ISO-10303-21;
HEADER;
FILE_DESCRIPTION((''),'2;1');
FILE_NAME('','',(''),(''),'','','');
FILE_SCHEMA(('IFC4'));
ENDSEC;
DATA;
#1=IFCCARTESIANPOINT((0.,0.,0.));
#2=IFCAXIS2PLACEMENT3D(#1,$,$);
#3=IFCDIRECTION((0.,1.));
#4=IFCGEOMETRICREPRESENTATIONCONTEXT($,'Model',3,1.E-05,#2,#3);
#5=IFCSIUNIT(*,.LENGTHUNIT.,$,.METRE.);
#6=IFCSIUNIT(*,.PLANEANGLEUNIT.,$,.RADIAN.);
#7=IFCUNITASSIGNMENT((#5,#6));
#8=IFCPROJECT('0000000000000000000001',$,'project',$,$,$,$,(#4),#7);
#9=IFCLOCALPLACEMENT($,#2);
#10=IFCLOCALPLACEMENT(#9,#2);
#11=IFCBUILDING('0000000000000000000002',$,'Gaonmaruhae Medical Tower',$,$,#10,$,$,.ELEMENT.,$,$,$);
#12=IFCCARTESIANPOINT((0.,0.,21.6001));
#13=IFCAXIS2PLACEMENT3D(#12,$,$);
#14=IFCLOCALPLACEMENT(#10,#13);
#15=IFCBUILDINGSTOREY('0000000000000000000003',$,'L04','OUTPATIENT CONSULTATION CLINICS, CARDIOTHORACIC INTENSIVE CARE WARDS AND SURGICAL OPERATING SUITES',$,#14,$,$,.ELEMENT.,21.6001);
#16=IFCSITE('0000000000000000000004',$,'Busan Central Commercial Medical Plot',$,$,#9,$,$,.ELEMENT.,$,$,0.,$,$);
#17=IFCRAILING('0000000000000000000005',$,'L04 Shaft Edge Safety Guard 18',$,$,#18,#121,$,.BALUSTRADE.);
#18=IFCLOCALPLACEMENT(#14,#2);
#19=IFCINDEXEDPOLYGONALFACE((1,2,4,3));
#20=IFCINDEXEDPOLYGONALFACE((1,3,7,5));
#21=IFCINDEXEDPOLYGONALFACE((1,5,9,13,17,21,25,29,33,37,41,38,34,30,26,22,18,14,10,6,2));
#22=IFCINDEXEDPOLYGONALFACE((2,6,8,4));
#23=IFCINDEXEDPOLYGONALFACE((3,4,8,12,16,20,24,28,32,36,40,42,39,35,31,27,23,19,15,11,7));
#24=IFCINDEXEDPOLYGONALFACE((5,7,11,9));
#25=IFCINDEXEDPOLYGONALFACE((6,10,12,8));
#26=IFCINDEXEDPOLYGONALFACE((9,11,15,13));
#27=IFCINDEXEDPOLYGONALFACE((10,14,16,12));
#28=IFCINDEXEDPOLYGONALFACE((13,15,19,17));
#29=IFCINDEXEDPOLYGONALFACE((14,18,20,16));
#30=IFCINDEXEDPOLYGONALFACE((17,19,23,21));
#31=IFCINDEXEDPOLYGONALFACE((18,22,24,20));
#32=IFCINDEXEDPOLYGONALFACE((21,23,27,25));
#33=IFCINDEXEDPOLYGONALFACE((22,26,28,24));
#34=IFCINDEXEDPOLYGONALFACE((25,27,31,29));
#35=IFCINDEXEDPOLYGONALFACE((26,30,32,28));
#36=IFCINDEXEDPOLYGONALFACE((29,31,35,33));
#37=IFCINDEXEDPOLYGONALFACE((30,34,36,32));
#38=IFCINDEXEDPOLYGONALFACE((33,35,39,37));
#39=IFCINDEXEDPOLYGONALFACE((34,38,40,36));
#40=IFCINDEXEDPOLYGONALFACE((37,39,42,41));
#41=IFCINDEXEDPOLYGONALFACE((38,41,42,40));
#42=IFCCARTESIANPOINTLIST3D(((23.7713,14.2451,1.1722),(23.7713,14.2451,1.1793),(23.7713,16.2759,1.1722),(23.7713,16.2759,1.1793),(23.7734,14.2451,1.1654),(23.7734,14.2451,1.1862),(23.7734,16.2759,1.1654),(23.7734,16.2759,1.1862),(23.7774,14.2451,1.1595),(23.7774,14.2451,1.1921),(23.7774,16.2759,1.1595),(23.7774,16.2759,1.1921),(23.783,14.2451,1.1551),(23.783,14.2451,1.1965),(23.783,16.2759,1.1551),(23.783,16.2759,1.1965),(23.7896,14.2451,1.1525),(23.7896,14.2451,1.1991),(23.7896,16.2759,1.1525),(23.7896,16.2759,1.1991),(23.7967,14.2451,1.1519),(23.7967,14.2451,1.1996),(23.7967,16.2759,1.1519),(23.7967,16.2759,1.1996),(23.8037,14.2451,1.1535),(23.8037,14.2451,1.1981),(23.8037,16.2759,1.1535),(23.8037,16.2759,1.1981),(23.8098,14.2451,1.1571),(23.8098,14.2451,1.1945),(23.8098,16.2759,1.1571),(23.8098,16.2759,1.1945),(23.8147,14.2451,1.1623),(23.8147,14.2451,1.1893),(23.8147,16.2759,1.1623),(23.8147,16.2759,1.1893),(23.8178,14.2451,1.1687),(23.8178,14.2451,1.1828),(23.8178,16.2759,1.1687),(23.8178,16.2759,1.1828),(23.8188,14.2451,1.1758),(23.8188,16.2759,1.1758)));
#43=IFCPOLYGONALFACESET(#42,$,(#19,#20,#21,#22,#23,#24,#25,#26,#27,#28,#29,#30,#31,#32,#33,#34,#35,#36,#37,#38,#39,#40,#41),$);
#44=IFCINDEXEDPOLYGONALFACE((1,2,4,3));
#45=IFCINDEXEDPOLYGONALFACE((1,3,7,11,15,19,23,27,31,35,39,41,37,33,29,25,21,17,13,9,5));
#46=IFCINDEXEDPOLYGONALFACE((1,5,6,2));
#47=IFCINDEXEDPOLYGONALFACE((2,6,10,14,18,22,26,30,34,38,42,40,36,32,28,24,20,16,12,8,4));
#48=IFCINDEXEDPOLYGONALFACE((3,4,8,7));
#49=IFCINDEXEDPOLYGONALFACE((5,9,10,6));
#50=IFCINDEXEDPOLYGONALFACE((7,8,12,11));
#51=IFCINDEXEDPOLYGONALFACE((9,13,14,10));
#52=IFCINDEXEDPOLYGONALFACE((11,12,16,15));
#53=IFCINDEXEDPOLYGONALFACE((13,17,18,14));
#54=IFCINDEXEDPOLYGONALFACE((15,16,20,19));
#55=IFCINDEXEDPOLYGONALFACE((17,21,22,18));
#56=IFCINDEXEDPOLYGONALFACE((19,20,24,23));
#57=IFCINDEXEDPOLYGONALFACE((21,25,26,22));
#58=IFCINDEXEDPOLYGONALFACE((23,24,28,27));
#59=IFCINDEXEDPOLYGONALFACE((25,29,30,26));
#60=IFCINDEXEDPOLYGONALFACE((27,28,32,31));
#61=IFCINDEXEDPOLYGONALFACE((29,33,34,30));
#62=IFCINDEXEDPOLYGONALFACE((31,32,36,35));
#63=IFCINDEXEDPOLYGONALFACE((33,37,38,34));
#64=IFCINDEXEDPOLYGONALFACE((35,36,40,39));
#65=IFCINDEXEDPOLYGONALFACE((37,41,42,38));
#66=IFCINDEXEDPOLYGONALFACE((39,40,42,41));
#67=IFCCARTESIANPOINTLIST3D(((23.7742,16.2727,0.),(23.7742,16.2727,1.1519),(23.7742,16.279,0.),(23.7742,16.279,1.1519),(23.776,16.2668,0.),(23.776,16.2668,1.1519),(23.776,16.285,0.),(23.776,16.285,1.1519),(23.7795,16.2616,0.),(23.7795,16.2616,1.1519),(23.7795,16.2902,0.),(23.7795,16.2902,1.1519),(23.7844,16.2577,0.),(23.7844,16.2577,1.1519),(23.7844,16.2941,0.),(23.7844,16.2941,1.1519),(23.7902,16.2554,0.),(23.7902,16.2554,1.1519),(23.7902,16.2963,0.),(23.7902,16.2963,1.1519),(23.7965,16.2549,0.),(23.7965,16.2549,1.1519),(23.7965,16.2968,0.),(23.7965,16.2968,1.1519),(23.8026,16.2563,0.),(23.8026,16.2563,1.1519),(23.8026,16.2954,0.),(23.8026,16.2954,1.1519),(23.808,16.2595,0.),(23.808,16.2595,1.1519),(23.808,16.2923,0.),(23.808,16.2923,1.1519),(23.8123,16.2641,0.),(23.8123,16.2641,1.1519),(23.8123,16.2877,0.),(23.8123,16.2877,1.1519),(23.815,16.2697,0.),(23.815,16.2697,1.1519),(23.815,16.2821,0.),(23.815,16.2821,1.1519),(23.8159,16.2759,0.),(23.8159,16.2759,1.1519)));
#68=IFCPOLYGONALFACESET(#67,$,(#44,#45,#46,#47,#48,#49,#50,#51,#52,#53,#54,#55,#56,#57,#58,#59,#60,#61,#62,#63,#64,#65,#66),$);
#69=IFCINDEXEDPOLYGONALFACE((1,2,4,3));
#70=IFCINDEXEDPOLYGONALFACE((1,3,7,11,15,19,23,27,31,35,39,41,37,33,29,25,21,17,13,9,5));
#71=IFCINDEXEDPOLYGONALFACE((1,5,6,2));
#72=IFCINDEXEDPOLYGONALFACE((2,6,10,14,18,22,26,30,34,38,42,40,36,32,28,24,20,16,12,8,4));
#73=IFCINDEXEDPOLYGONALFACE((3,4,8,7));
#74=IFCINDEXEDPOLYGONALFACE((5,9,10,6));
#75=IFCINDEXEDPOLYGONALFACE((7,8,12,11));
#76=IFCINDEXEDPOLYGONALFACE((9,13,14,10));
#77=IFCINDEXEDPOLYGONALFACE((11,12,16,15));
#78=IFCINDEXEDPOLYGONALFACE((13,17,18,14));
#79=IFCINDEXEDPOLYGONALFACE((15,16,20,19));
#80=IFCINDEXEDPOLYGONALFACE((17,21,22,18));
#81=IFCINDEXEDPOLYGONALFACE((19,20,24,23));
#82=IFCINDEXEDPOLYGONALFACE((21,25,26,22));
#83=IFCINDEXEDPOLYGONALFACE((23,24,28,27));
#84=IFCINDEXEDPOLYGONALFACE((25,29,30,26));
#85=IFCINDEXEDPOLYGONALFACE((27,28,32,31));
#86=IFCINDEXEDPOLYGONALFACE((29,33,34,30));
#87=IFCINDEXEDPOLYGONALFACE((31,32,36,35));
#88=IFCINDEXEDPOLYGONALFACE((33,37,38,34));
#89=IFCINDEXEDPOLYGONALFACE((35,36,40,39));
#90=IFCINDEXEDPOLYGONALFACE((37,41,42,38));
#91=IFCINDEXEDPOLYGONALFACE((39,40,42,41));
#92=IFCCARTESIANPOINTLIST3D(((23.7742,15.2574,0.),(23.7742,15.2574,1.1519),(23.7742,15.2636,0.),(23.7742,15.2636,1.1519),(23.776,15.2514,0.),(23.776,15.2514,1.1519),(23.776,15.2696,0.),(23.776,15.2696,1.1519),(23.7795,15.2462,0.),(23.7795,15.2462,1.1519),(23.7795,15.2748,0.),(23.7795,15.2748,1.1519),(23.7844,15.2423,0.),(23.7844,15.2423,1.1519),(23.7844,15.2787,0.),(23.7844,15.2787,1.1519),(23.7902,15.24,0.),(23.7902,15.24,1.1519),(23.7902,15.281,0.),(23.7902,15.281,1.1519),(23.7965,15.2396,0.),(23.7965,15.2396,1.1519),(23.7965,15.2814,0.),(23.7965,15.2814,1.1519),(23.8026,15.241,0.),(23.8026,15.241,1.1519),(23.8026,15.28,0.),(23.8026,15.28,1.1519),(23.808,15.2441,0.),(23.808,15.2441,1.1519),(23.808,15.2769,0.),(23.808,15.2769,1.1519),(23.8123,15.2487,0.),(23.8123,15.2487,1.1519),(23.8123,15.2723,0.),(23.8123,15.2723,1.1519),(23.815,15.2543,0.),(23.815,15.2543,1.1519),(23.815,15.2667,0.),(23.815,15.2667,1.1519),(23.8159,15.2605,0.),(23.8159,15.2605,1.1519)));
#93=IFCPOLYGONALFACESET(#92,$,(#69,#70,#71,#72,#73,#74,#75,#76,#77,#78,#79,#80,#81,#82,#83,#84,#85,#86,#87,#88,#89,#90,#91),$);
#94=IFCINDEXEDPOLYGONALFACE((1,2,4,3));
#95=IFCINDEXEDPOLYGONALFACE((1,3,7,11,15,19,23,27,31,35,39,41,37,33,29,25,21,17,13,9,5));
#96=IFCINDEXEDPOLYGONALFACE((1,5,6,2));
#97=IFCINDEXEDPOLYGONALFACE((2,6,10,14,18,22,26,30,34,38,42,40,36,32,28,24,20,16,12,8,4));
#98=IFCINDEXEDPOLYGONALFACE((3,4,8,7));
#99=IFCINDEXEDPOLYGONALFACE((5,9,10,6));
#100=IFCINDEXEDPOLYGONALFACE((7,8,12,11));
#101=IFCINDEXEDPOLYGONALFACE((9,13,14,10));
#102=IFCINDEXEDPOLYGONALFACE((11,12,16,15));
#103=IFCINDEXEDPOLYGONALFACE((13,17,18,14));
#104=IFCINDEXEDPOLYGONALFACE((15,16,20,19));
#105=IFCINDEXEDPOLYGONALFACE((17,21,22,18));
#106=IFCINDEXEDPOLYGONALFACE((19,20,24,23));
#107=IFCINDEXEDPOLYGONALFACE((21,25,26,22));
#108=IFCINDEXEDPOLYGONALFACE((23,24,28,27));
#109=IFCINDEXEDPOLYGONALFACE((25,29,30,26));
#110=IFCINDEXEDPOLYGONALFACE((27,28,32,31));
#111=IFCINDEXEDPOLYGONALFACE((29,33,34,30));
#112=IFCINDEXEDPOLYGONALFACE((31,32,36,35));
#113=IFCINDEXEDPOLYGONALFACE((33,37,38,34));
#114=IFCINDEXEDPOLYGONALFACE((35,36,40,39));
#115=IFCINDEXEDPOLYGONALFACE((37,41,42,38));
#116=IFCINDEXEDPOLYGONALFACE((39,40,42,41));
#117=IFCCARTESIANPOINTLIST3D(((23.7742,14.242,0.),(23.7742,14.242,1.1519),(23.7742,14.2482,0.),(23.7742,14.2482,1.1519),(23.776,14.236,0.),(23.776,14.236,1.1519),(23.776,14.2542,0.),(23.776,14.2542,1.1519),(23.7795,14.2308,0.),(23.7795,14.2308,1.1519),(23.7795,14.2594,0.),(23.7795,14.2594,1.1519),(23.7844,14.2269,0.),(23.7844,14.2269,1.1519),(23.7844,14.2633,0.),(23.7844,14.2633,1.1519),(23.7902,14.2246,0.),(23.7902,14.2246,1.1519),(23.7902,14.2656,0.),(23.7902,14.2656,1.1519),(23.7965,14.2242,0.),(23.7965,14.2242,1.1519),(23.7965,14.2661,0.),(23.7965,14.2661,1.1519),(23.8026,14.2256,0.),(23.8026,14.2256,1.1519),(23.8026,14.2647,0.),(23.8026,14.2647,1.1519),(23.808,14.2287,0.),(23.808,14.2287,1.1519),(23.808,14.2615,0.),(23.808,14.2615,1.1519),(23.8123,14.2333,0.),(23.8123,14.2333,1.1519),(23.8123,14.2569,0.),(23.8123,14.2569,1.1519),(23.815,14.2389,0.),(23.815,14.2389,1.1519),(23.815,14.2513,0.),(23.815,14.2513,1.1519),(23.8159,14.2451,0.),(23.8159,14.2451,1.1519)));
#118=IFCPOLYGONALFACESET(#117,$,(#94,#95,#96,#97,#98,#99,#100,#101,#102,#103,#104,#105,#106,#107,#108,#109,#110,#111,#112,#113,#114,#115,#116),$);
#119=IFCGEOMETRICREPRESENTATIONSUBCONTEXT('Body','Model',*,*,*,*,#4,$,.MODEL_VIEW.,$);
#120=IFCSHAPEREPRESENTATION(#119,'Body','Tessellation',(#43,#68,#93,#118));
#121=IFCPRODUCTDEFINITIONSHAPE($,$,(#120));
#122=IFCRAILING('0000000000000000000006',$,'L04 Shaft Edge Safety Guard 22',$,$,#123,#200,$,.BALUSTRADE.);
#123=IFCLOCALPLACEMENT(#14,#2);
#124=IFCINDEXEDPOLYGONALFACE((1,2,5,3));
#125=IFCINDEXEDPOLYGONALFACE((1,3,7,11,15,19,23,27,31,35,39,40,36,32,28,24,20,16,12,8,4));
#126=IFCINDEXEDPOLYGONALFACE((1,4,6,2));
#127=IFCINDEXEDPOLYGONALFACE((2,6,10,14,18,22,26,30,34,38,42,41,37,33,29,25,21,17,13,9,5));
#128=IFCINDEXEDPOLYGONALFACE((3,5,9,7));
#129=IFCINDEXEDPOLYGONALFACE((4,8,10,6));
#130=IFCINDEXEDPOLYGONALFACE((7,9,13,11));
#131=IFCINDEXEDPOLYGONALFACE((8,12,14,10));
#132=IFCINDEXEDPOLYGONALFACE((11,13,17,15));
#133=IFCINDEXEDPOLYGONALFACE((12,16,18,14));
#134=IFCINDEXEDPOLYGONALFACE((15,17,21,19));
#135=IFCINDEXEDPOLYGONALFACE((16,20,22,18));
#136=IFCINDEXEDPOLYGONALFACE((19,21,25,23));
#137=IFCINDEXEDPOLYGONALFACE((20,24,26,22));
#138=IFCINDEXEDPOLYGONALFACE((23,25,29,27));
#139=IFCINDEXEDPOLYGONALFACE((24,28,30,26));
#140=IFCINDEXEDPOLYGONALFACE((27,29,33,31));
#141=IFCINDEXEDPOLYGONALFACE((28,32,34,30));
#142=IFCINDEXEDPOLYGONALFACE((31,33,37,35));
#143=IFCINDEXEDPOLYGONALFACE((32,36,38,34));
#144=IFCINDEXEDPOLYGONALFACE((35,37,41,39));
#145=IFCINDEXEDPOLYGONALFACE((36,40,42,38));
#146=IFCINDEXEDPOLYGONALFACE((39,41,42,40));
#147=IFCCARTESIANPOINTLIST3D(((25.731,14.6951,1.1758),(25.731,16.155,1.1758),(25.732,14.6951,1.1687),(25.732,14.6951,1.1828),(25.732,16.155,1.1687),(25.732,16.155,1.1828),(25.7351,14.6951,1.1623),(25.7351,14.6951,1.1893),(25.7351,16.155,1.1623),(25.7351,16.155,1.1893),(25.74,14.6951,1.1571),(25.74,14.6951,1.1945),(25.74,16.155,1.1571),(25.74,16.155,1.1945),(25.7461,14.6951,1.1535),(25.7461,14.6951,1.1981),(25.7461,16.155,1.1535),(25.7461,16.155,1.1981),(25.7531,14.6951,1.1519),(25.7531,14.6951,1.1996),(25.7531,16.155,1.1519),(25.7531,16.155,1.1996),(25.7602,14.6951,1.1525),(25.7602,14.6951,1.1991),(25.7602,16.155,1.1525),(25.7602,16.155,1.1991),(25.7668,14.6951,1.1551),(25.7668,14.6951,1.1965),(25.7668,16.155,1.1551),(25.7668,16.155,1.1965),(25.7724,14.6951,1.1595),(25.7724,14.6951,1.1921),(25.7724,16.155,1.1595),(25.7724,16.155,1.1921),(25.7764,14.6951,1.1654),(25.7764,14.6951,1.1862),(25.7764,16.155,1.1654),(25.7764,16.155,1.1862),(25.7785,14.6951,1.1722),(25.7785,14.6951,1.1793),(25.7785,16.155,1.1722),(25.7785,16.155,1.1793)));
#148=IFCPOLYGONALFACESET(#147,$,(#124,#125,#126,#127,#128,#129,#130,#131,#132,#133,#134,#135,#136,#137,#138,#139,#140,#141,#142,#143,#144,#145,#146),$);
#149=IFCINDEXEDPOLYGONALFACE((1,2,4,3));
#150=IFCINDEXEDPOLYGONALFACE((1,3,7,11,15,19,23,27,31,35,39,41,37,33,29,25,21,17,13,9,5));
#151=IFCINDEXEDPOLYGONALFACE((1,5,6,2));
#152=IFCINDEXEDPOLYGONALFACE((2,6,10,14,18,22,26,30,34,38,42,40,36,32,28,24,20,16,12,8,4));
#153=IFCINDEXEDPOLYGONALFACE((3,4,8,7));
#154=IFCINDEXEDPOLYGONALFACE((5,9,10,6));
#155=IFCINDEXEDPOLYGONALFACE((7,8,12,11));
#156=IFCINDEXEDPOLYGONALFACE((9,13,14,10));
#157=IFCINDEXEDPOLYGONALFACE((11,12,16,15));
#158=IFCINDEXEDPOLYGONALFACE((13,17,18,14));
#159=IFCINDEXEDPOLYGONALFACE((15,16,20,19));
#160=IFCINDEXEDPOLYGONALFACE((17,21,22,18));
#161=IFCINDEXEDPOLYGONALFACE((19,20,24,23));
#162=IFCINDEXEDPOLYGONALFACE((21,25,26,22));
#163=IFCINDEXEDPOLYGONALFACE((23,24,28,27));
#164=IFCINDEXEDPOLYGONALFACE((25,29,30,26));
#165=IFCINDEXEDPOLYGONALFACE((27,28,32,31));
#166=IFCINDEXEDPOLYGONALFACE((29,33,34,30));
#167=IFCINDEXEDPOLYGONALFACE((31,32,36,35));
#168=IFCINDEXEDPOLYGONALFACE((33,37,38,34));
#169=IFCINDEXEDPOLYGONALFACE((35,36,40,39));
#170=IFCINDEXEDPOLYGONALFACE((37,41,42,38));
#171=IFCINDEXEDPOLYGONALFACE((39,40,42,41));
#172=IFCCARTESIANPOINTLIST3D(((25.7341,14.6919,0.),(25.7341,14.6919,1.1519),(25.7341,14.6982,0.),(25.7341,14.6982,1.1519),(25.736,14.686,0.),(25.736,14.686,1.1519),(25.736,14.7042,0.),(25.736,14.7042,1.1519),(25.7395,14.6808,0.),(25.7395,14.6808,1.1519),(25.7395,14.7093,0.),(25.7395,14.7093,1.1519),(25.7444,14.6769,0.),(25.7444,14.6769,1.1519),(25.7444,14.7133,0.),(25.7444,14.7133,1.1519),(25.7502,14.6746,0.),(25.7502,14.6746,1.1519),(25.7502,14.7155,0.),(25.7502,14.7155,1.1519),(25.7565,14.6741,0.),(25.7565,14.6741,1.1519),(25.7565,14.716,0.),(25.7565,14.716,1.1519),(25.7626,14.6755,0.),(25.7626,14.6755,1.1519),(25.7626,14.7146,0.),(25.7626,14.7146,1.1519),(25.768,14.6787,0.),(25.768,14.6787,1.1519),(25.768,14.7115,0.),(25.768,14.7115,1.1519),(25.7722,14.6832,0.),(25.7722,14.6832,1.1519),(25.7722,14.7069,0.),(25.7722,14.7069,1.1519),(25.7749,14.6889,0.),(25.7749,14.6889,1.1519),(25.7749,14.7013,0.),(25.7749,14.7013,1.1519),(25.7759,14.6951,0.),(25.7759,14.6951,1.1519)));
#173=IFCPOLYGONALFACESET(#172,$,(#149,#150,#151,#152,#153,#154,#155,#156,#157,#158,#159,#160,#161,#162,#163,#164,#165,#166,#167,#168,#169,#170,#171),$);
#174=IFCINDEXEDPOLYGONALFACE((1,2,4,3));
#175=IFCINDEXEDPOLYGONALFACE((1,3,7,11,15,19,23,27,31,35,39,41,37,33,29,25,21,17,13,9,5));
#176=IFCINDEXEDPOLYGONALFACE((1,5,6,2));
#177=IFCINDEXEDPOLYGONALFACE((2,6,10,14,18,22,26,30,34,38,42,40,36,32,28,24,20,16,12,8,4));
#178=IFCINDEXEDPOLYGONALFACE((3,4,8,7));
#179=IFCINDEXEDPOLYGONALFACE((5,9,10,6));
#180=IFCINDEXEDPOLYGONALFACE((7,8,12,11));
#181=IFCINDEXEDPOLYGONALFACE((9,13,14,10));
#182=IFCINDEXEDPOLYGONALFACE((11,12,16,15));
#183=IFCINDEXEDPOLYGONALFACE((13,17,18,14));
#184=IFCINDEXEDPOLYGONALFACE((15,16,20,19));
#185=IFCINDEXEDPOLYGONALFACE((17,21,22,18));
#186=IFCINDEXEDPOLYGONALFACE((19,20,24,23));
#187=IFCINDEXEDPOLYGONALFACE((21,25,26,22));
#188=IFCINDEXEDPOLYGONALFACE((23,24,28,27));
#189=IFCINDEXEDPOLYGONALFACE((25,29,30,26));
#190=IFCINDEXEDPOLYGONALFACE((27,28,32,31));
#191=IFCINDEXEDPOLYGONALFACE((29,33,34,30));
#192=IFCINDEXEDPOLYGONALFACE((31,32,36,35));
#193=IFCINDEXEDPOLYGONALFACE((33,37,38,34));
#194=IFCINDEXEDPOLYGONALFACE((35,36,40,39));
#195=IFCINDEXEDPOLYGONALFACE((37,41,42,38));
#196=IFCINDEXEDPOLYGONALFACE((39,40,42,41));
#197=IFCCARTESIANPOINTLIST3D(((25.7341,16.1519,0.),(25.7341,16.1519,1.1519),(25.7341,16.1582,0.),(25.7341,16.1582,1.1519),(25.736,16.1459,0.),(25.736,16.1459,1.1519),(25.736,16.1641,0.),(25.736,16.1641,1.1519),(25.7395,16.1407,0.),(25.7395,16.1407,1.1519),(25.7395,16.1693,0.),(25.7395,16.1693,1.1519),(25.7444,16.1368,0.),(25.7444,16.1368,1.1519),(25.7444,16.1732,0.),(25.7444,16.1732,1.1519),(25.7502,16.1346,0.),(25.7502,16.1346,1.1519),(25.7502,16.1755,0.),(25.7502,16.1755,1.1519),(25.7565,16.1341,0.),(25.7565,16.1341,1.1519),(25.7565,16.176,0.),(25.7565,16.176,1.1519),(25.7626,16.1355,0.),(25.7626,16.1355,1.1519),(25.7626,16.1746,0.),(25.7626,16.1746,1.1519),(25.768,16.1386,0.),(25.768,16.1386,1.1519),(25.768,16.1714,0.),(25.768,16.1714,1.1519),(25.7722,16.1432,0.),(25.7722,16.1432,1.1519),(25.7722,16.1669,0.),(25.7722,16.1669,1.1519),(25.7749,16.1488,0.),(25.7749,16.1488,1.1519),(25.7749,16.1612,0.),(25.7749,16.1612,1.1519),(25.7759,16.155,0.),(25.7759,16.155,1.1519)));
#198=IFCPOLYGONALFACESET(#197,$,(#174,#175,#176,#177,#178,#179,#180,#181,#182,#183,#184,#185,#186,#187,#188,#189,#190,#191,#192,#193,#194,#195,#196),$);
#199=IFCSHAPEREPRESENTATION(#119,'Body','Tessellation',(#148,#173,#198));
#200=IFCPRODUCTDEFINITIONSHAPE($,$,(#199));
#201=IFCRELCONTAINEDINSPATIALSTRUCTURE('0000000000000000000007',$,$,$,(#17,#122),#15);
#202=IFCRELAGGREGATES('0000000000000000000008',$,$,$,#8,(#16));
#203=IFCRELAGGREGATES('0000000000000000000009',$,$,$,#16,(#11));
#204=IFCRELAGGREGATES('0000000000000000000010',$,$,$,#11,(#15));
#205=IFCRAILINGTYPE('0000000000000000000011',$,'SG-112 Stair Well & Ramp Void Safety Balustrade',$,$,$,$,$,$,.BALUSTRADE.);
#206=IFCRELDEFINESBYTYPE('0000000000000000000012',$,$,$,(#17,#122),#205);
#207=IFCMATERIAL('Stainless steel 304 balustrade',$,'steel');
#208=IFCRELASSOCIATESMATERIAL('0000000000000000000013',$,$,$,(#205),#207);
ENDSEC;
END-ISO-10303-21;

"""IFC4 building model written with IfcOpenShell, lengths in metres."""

from ifc_helpers import new_model, si_unit, direction, frame, origin, origin_2d, place, context, subcontext, project, spatial, circle, extrude, material, type_object, element, save


model = new_model("IFC4")

# Units and contexts
model_context = context("Model", 3, precision=1e-05, world=origin(), true_north=direction((0.0, 1.0)))
body_context = subcontext(model_context, "Body", "Model", "MODEL_VIEW")
ifc_project = project(units=[si_unit("LENGTHUNIT", "METRE"), si_unit("PLANEANGLEUNIT", "RADIAN")], contexts=[model_context])

# Site, building, storey
site_placement = place(None, origin())
site = spatial("IfcSite", under=ifc_project, at=site_placement, Name="Busan Central Commercial Medical Plot", CompositionType="ELEMENT", RefElevation=0.0)
building_placement = place(site_placement, origin())
building = spatial("IfcBuilding", under=site, at=building_placement, Name="Gaonmaruhae Medical Tower", CompositionType="ELEMENT")
storey_placement = place(building_placement, frame((0.0, 0.0, 21.6001)))
storey = spatial("IfcBuildingStorey", under=building, at=storey_placement, Name="L04", Description="OUTPATIENT CONSULTATION CLINICS, CARDIOTHORACIC INTENSIVE CARE WARDS AND SURGICAL OPERATING SUITES", CompositionType="ELEMENT", Elevation=21.6001)

# Railings
ifc_material_1 = material(Name="Stainless steel 304 balustrade", Category="steel")
railing_type = type_object("IfcRailingType", Name="SG-112 Stair Well & Ramp Void Safety Balustrade", PredefinedType="BALUSTRADE", material=ifc_material_1)
railing_1_placement = place(storey_placement, frame((23.7949, 16.2759, 0.0)))
element("IfcRailing", 1, at=railing_1_placement, inside=storey, type_object=railing_type, Name="L04 Shaft Edge Safety Guard 18", PredefinedType="BALUSTRADE", context=body_context, shape_type="SweptSolid", body=[
    extrude(circle(Radius=0.0239, at=origin_2d()), frame((0.0, 0.0, 1.1758), z_axis=(0.0, -1.0, 0.0), x_axis=(1.0, 0.0, 0.0)), (0.0, 0.0, 1.0), 2.0308),
    extrude(circle(Radius=0.021, at=origin_2d()), origin(), (0.0, 0.0, 1.0), 1.1519),
    extrude(circle(Radius=0.021, at=origin_2d()), frame((0.0, -1.0154, 0.0)), (0.0, 0.0, 1.0), 1.1519),
    extrude(circle(Radius=0.021, at=origin_2d()), frame((0.0, -2.0308, 0.0)), (0.0, 0.0, 1.0), 1.1519),
])
railing_2_placement = place(storey_placement, frame((25.7549, 14.6951, 0.0)))
element("IfcRailing", 2, at=railing_2_placement, inside=storey, type_object=railing_type, Name="L04 Shaft Edge Safety Guard 22", PredefinedType="BALUSTRADE", context=body_context, shape_type="SweptSolid", body=[
    extrude(circle(Radius=0.0239, at=origin_2d()), frame((0.0, 0.0, 1.1758), z_axis=(0.0, 1.0, 0.0), x_axis=(-1.0, 0.0, 0.0)), (0.0, 0.0, 1.0), 1.46),
    extrude(circle(Radius=0.021, at=origin_2d()), origin(), (0.0, 0.0, 1.0), 1.1519),
    extrude(circle(Radius=0.021, at=origin_2d()), frame((0.0, 1.46, 0.0)), (0.0, 0.0, 1.0), 1.1519),
])

save(model, "model.ifc")
